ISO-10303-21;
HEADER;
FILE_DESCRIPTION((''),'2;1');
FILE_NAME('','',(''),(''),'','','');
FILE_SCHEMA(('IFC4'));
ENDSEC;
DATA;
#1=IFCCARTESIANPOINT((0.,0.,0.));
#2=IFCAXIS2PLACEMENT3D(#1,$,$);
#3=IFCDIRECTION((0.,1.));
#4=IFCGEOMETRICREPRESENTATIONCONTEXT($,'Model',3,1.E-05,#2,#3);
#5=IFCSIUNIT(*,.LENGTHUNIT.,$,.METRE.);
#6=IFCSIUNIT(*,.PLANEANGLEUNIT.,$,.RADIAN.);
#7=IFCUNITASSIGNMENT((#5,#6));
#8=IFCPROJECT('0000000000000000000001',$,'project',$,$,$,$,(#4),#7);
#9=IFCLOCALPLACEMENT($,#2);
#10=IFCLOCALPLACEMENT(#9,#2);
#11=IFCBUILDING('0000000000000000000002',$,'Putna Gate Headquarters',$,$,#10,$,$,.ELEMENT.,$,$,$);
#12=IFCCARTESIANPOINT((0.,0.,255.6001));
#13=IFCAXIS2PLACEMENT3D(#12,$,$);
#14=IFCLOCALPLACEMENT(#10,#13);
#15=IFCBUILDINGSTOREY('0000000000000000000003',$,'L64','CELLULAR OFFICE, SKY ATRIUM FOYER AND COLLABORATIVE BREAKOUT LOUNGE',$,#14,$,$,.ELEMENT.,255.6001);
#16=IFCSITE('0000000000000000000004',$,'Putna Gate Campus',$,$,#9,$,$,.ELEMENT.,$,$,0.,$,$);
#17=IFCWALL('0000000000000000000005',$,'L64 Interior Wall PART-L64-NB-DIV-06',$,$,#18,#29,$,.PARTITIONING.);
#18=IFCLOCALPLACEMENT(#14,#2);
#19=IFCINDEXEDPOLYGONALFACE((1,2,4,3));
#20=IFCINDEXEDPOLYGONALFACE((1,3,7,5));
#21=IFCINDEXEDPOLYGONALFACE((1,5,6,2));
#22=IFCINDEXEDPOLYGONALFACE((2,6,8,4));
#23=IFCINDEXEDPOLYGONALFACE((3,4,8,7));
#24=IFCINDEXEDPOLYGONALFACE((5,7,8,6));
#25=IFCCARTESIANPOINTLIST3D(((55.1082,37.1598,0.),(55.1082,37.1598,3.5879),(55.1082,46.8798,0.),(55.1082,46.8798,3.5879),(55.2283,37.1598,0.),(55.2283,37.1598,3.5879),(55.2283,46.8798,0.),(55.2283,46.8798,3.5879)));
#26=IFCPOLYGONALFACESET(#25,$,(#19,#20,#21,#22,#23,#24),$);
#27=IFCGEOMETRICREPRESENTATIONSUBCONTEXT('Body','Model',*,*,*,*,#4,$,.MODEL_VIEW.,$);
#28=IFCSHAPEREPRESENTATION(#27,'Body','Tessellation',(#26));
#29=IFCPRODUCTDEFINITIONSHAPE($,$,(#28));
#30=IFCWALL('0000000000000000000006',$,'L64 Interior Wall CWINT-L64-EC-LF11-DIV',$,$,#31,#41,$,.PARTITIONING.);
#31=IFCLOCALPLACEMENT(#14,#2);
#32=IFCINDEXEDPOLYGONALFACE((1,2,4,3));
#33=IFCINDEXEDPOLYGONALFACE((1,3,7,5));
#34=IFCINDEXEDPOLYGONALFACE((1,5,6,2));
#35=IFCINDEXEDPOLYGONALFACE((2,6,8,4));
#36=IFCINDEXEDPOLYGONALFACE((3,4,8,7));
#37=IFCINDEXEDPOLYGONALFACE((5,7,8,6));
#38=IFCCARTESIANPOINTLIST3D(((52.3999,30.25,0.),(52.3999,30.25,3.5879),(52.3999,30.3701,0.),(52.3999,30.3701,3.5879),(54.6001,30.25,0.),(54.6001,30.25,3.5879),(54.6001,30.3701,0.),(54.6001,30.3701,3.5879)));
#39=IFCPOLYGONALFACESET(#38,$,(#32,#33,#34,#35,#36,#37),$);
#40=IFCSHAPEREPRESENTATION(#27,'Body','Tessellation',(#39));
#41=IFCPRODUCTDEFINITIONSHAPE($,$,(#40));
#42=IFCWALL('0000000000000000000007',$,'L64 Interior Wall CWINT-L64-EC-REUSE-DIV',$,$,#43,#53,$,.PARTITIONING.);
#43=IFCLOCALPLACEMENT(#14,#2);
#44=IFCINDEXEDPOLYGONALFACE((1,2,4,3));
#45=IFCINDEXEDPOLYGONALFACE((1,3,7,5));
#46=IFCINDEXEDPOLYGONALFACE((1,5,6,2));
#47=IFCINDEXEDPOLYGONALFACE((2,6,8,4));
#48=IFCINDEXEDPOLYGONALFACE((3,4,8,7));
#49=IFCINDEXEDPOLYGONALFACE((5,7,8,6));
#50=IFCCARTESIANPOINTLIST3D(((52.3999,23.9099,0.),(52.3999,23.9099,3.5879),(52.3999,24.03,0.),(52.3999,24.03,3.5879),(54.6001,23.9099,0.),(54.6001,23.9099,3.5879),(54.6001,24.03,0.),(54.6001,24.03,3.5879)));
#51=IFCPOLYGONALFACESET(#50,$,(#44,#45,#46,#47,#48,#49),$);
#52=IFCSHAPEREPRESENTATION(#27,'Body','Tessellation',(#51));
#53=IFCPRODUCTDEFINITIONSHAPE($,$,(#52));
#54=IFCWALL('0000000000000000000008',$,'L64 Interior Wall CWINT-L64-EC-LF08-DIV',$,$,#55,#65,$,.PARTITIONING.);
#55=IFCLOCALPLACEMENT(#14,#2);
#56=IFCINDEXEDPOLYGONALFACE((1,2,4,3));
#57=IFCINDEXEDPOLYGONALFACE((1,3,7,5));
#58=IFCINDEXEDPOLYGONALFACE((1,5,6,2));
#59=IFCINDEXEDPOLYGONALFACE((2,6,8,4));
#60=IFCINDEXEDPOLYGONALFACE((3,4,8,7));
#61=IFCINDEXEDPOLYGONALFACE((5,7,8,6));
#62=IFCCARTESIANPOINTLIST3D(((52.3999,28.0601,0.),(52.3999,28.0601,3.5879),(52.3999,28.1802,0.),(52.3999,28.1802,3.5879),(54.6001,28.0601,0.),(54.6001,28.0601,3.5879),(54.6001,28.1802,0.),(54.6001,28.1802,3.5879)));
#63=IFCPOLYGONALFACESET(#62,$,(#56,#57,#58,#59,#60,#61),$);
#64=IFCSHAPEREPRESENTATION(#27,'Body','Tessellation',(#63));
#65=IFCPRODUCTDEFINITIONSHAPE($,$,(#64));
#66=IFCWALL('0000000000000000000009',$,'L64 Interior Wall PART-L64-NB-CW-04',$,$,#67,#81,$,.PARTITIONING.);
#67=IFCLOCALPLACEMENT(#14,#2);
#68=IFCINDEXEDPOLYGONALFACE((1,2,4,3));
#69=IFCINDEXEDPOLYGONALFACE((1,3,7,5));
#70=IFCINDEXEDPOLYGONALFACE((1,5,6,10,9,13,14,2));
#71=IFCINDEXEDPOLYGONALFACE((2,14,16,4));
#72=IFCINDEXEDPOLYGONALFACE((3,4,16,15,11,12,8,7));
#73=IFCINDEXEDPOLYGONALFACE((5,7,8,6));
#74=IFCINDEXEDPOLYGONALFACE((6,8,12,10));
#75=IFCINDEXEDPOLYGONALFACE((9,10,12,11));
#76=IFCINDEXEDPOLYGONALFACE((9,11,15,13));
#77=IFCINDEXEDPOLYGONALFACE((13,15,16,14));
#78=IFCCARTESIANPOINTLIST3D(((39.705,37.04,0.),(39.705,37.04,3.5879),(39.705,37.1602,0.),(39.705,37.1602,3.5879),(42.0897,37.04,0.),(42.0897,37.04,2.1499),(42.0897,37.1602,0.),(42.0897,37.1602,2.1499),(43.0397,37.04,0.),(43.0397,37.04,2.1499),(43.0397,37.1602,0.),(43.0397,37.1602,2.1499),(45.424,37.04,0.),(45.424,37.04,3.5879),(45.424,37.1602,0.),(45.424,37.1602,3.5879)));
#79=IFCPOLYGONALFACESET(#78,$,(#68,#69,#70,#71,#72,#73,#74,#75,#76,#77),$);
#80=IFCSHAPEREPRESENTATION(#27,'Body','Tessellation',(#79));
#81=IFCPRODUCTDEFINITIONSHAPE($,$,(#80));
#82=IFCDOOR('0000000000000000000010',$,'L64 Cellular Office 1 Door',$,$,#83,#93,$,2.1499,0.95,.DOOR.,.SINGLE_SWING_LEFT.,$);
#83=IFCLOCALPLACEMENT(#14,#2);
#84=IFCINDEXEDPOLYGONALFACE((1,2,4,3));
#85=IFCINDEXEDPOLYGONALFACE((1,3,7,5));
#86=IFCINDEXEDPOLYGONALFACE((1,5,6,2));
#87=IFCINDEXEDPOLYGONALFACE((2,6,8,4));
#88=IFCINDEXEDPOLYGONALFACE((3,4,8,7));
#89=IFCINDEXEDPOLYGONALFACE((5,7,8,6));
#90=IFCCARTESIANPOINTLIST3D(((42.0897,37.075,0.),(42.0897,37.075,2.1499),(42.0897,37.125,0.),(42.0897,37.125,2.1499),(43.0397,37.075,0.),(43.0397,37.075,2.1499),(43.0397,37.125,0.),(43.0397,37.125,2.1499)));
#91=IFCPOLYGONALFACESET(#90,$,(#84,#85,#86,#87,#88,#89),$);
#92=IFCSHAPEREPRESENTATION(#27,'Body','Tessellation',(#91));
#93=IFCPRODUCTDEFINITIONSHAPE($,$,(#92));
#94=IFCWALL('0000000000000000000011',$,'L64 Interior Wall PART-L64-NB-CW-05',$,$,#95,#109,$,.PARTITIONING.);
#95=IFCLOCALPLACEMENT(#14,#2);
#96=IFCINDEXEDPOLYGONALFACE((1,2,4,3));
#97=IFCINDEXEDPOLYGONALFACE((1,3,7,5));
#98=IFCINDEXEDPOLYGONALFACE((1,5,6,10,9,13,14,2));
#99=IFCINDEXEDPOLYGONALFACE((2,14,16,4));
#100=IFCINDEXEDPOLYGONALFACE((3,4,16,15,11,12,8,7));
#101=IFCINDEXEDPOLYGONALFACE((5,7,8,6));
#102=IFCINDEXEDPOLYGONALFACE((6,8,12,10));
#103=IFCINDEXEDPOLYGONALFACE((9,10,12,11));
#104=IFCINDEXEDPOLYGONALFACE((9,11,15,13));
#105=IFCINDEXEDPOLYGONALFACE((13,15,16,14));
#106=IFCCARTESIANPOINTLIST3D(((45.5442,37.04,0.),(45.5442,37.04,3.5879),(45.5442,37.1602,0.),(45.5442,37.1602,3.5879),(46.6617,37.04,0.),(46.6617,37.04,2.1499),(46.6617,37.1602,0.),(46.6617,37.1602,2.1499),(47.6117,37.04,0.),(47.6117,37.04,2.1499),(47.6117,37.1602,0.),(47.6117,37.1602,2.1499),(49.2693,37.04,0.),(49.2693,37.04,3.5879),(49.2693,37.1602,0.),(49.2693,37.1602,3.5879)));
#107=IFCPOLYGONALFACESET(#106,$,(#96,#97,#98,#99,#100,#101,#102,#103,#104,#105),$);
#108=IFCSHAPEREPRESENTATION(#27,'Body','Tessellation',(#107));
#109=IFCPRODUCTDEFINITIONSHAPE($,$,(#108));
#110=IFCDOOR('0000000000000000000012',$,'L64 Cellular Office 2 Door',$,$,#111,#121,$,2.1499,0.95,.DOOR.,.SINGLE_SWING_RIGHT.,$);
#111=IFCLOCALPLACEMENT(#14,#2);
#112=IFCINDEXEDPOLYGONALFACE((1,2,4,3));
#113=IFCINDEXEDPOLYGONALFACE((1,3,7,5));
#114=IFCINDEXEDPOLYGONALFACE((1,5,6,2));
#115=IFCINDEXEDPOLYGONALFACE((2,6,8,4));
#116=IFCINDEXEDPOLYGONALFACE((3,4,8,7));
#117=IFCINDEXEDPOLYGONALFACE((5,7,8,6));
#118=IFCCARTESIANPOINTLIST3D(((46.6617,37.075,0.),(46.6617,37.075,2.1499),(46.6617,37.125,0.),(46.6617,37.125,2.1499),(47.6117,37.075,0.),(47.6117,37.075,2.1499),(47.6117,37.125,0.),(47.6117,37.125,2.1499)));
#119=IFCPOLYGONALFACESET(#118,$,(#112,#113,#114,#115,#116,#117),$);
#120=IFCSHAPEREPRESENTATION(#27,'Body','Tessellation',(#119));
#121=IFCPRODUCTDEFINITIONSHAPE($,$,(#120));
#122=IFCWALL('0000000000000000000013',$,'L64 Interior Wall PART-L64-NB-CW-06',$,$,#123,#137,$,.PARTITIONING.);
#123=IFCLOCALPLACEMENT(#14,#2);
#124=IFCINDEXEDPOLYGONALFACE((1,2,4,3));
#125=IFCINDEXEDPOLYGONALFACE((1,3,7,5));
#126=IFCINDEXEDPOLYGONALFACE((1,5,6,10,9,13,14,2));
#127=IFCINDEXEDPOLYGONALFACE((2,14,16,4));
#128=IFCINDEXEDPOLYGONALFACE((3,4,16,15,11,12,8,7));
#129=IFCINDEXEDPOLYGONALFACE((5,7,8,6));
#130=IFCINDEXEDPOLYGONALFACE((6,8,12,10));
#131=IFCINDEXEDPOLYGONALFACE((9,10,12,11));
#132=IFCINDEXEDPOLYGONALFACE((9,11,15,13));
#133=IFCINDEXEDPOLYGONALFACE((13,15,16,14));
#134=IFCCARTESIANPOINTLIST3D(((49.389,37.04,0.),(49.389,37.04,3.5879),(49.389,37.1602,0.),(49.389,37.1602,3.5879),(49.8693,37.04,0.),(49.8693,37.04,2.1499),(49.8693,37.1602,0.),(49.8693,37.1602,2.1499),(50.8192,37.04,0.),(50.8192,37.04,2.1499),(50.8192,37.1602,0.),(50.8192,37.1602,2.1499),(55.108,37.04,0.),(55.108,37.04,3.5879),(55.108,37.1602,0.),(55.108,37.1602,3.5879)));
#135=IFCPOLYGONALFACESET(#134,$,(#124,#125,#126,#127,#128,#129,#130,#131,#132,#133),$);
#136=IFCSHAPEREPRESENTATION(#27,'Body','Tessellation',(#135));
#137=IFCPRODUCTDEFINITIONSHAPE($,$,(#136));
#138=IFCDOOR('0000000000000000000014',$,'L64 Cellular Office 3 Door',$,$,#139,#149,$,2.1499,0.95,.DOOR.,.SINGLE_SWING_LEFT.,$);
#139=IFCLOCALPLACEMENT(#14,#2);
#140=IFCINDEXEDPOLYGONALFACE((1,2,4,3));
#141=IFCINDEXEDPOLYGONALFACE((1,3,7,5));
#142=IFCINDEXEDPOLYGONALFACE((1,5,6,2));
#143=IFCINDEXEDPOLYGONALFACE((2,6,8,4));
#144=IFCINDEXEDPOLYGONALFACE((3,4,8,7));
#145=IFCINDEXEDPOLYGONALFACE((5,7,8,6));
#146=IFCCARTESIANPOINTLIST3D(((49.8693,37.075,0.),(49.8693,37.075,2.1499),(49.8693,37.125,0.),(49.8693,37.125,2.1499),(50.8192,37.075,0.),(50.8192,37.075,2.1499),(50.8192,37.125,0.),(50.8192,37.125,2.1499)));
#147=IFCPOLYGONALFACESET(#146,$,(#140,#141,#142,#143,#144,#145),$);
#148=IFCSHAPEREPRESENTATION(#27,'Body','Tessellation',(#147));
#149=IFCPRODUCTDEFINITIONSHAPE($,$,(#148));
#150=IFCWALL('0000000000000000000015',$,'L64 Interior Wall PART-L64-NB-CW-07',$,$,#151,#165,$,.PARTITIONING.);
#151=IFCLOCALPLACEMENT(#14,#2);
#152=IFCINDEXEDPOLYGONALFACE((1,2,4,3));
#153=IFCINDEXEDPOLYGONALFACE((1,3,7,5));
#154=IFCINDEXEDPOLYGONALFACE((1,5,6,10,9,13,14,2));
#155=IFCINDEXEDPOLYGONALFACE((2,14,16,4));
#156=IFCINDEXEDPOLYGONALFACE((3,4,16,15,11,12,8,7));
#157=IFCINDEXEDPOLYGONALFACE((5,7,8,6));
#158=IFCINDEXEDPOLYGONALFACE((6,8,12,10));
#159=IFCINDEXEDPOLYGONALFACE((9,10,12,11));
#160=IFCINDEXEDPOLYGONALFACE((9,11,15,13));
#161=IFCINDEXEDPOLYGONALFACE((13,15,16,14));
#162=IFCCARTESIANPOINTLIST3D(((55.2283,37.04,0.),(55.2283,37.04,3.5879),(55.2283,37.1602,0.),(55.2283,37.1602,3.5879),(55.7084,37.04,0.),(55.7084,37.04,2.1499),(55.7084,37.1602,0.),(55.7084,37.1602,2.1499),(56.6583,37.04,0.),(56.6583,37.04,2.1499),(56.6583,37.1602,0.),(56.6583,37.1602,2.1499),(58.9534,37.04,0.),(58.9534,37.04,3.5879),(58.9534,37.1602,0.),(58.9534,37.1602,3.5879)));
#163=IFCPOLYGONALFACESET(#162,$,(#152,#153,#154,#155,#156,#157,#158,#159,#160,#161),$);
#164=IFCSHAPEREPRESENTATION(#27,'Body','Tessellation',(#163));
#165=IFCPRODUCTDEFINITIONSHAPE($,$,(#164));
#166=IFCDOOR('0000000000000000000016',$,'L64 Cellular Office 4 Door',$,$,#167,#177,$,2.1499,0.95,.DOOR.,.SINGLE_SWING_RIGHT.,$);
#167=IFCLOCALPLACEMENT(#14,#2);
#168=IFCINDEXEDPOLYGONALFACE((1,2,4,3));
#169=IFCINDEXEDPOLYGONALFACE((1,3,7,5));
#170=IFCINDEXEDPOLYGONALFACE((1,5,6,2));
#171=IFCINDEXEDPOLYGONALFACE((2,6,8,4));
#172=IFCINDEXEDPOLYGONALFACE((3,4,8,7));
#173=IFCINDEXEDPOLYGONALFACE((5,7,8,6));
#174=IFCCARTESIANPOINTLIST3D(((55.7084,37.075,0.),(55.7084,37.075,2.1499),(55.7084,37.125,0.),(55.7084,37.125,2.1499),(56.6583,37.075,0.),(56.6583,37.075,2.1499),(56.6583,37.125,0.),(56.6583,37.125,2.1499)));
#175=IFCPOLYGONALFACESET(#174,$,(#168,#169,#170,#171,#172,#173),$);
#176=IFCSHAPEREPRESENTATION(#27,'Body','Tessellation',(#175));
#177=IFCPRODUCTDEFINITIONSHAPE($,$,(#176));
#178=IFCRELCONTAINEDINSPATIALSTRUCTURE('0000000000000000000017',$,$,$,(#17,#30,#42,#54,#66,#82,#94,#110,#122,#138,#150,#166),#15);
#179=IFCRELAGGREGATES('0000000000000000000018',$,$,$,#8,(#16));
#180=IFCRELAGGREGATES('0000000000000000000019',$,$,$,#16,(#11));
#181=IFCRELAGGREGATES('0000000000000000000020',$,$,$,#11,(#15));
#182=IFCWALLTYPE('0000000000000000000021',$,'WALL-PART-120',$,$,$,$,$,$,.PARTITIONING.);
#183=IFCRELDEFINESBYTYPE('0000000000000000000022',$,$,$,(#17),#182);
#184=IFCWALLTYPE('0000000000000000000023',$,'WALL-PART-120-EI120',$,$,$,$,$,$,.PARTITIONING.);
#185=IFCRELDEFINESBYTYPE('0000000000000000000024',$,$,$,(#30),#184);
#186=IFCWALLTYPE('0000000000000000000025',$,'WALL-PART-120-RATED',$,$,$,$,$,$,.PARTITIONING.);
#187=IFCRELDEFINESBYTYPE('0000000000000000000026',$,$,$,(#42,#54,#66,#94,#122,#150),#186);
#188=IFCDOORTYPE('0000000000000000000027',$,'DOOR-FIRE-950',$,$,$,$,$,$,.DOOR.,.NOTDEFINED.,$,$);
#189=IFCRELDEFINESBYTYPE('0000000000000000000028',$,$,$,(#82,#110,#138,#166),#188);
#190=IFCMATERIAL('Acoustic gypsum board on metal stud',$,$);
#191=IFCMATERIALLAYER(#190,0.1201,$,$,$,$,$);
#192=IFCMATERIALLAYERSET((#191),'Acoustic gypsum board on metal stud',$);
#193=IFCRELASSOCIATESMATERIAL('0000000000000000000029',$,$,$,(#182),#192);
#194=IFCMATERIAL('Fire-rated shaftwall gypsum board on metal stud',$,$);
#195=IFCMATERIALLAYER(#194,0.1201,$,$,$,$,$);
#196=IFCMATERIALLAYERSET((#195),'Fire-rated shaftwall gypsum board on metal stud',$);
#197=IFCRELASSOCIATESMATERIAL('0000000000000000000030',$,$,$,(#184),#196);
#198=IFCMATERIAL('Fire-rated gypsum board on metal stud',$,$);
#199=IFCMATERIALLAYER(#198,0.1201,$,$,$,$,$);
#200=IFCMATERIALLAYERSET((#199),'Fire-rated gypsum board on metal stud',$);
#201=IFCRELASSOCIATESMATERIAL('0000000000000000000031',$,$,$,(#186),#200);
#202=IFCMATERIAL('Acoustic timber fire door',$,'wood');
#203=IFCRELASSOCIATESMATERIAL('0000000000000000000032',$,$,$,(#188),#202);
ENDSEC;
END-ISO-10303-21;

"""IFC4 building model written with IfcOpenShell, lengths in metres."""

from ifc_helpers import new_model, si_unit, direction, frame, frame_2d, origin, place, context, subcontext, project, spatial, rectangle, extrude, material, layer, layer_set, type_object, element, fill, save


model = new_model("IFC4")

# Units and contexts
model_context = context("Model", 3, precision=1e-05, world=origin(), true_north=direction((0.0, 1.0)))
body_context = subcontext(model_context, "Body", "Model", "MODEL_VIEW")
ifc_project = project(units=[si_unit("LENGTHUNIT", "METRE"), si_unit("PLANEANGLEUNIT", "RADIAN")], contexts=[model_context])

# Site, building, storey
site_placement = place(None, origin())
site = spatial("IfcSite", under=ifc_project, at=site_placement, Name="Putna Gate Campus", CompositionType="ELEMENT", RefElevation=0.0)
building_placement = place(site_placement, origin())
building = spatial("IfcBuilding", under=site, at=building_placement, Name="Putna Gate Headquarters", CompositionType="ELEMENT")
storey_placement = place(building_placement, frame((0.0, 0.0, 255.6001)))
storey = spatial("IfcBuildingStorey", under=building, at=storey_placement, Name="L64", Description="CELLULAR OFFICE, SKY ATRIUM FOYER AND COLLABORATIVE BREAKOUT LOUNGE", CompositionType="ELEMENT", Elevation=255.6001)

# Shared definitions
ifc_material_1 = material(Name="Acoustic gypsum board on metal stud")
ifc_layer_1 = layer(ifc_material_1, 0.1201)
ifc_layer_set_1 = layer_set([ifc_layer_1], Name="Acoustic gypsum board on metal stud")
wall_type_1 = type_object("IfcWallType", Name="WALL-PART-120", PredefinedType="PARTITIONING", material=ifc_layer_set_1)

# Walls
for number, where, z_axis, x_axis, name in (
    (1, (55.1682, 37.1599, 0.0), (0.0, 0.0, 1.0), (0.0, 1.0, 0.0), "L64 Interior Wall PART-L64-NB-DIV-06"),
):
    element("IfcWall", number, at=place(storey_placement, frame(where, z_axis=z_axis, x_axis=x_axis)), inside=storey, type_object=wall_type_1, Name=name, PredefinedType="PARTITIONING", context=body_context, shape_type="SweptSolid", body=[
        extrude(rectangle(XDim=9.72, YDim=0.1201, at=frame_2d((4.8599, 0.0))), origin(), (0.0, 0.0, 1.0), 3.5879),
    ])
ifc_material_2 = material(Name="Fire-rated shaftwall gypsum board on metal stud")
ifc_layer_2 = layer(ifc_material_2, 0.1201)
ifc_layer_set_2 = layer_set([ifc_layer_2], Name="Fire-rated shaftwall gypsum board on metal stud")
wall_type_2 = type_object("IfcWallType", Name="WALL-PART-120-EI120", PredefinedType="PARTITIONING", material=ifc_layer_set_2)
wall_1_placement = place(storey_placement, frame((52.3999, 30.3101, 0.0), z_axis=(0.0, 0.0, 1.0), x_axis=(1.0, 0.0, 0.0)))
element("IfcWall", 2, at=wall_1_placement, inside=storey, type_object=wall_type_2, Name="L64 Interior Wall CWINT-L64-EC-LF11-DIV", PredefinedType="PARTITIONING", context=body_context, shape_type="SweptSolid", body=[
    extrude(rectangle(XDim=2.2002, YDim=0.1201, at=frame_2d((1.1001, 0.0))), origin(), (0.0, 0.0, 1.0), 3.5879),
])
ifc_material_3 = material(Name="Fire-rated gypsum board on metal stud")
ifc_layer_3 = layer(ifc_material_3, 0.1201)
ifc_layer_set_3 = layer_set([ifc_layer_3], Name="Fire-rated gypsum board on metal stud")
wall_type_3 = type_object("IfcWallType", Name="WALL-PART-120-RATED", PredefinedType="PARTITIONING", material=ifc_layer_set_3)
for number, where, z_axis, x_axis, name in (
    (3, (52.3999, 23.97, 0.0), (0.0, 0.0, 1.0), (1.0, 0.0, 0.0), "L64 Interior Wall CWINT-L64-EC-REUSE-DIV"),
    (4, (52.3999, 28.1201, 0.0), (0.0, 0.0, 1.0), (1.0, 0.0, 0.0), "L64 Interior Wall CWINT-L64-EC-LF08-DIV"),
):
    element("IfcWall", number, at=place(storey_placement, frame(where, z_axis=z_axis, x_axis=x_axis)), inside=storey, type_object=wall_type_3, Name=name, PredefinedType="PARTITIONING", context=body_context, shape_type="SweptSolid", body=[
        extrude(rectangle(XDim=2.2002, YDim=0.1201, at=frame_2d((1.1001, 0.0))), origin(), (0.0, 0.0, 1.0), 3.5879),
    ])

# Walls, openings, doors
wall_2_placement = place(storey_placement, frame((39.7051, 37.1001, 0.0), z_axis=(0.0, 0.0, 1.0), x_axis=(1.0, 0.0, 0.0)))
wall_2 = element("IfcWall", 5, at=wall_2_placement, inside=storey, type_object=wall_type_3, Name="L64 Interior Wall PART-L64-NB-CW-04", PredefinedType="PARTITIONING", context=body_context, shape_type="SweptSolid", body=[
    extrude(rectangle(XDim=5.719, YDim=0.1201, at=frame_2d((2.8594, 0.0))), origin(), (0.0, 0.0, 1.0), 3.5879),
])
opening_1_placement = place(wall_2_placement, frame((2.3845, 0.0, 0.0)))
opening_1 = element("IfcOpeningElement", 6, at=opening_1_placement, cuts=wall_2, PredefinedType="OPENING", context=body_context, shape_type="SweptSolid", body=[
    extrude(rectangle(XDim=0.95, YDim=2.1499, at=frame_2d((0.4751, 1.075))), frame((0.0, 0.0701, 0.0), z_axis=(0.0, -1.0, 0.0), x_axis=(1.0, 0.0, 0.0)), (0.0, 0.0, 1.0), 0.1401),
])
ifc_material_4 = material(Name="Acoustic timber fire door", Category="wood")
door_type_1 = type_object("IfcDoorType", Name="DOOR-FIRE-950", OperationType="NOTDEFINED", PredefinedType="DOOR", material=ifc_material_4)
door_1_placement = place(opening_1_placement, origin())
door_1 = element("IfcDoor", 7, at=door_1_placement, inside=storey, type_object=door_type_1, Name="L64 Cellular Office 1 Door", OperationType="SINGLE_SWING_LEFT", OverallHeight=2.1499, OverallWidth=0.95, PredefinedType="DOOR", context=body_context, shape_type="SweptSolid", body=[
    extrude(rectangle(XDim=0.95, YDim=2.1499, at=frame_2d((0.4751, 1.075))), frame((0.0, 0.0249, 0.0), z_axis=(0.0, -1.0, 0.0), x_axis=(1.0, 0.0, 0.0)), (0.0, 0.0, 1.0), 0.05),
])
fill(opening_1, door_1)
wall_3_placement = place(storey_placement, frame((45.5442, 37.1001, 0.0), z_axis=(0.0, 0.0, 1.0), x_axis=(1.0, 0.0, 0.0)))
wall_3 = element("IfcWall", 8, at=wall_3_placement, inside=storey, type_object=wall_type_3, Name="L64 Interior Wall PART-L64-NB-CW-05", PredefinedType="PARTITIONING", context=body_context, shape_type="SweptSolid", body=[
    extrude(rectangle(XDim=3.7251, YDim=0.1201, at=frame_2d((1.8625, 0.0))), origin(), (0.0, 0.0, 1.0), 3.5879),
])
opening_2_placement = place(wall_3_placement, frame((1.1174, 0.0, 0.0)))
opening_2 = element("IfcOpeningElement", 9, at=opening_2_placement, cuts=wall_3, PredefinedType="OPENING", context=body_context, shape_type="SweptSolid", body=[
    extrude(rectangle(XDim=0.95, YDim=2.1499, at=frame_2d((0.4751, 1.075))), frame((0.0, 0.0701, 0.0), z_axis=(0.0, -1.0, 0.0), x_axis=(1.0, 0.0, 0.0)), (0.0, 0.0, 1.0), 0.1401),
])
door_2_placement = place(opening_2_placement, origin())
door_2 = element("IfcDoor", 10, at=door_2_placement, inside=storey, type_object=door_type_1, Name="L64 Cellular Office 2 Door", OperationType="SINGLE_SWING_RIGHT", OverallHeight=2.1499, OverallWidth=0.95, PredefinedType="DOOR", context=body_context, shape_type="SweptSolid", body=[
    extrude(rectangle(XDim=0.95, YDim=2.1499, at=frame_2d((0.4751, 1.075))), frame((0.0, 0.0249, 0.0), z_axis=(0.0, -1.0, 0.0), x_axis=(1.0, 0.0, 0.0)), (0.0, 0.0, 1.0), 0.05),
])
fill(opening_2, door_2)
wall_4_placement = place(storey_placement, frame((49.3892, 37.1001, 0.0), z_axis=(0.0, 0.0, 1.0), x_axis=(1.0, 0.0, 0.0)))
wall_4 = element("IfcWall", 11, at=wall_4_placement, inside=storey, type_object=wall_type_3, Name="L64 Interior Wall PART-L64-NB-CW-06", PredefinedType="PARTITIONING", context=body_context, shape_type="SweptSolid", body=[
    extrude(rectangle(XDim=5.719, YDim=0.1201, at=frame_2d((2.8594, 0.0))), origin(), (0.0, 0.0, 1.0), 3.5879),
])
opening_3_placement = place(wall_4_placement, frame((0.48, 0.0, 0.0)))
opening_3 = element("IfcOpeningElement", 12, at=opening_3_placement, cuts=wall_4, PredefinedType="OPENING", context=body_context, shape_type="SweptSolid", body=[
    extrude(rectangle(XDim=0.95, YDim=2.1499, at=frame_2d((0.4751, 1.075))), frame((0.0, 0.0701, 0.0), z_axis=(0.0, -1.0, 0.0), x_axis=(1.0, 0.0, 0.0)), (0.0, 0.0, 1.0), 0.1401),
])
door_3_placement = place(opening_3_placement, origin())
door_3 = element("IfcDoor", 13, at=door_3_placement, inside=storey, type_object=door_type_1, Name="L64 Cellular Office 3 Door", OperationType="SINGLE_SWING_LEFT", OverallHeight=2.1499, OverallWidth=0.95, PredefinedType="DOOR", context=body_context, shape_type="SweptSolid", body=[
    extrude(rectangle(XDim=0.95, YDim=2.1499, at=frame_2d((0.4751, 1.075))), frame((0.0, 0.0249, 0.0), z_axis=(0.0, -1.0, 0.0), x_axis=(1.0, 0.0, 0.0)), (0.0, 0.0, 1.0), 0.05),
])
fill(opening_3, door_3)
wall_5_placement = place(storey_placement, frame((55.2283, 37.1001, 0.0), z_axis=(0.0, 0.0, 1.0), x_axis=(1.0, 0.0, 0.0)))
wall_5 = element("IfcWall", 14, at=wall_5_placement, inside=storey, type_object=wall_type_3, Name="L64 Interior Wall PART-L64-NB-CW-07", PredefinedType="PARTITIONING", context=body_context, shape_type="SweptSolid", body=[
    extrude(rectangle(XDim=3.7251, YDim=0.1201, at=frame_2d((1.8625, 0.0))), origin(), (0.0, 0.0, 1.0), 3.5879),
])
opening_4_placement = place(wall_5_placement, frame((0.48, 0.0, 0.0)))
opening_4 = element("IfcOpeningElement", 15, at=opening_4_placement, cuts=wall_5, PredefinedType="OPENING", context=body_context, shape_type="SweptSolid", body=[
    extrude(rectangle(XDim=0.95, YDim=2.1499, at=frame_2d((0.4751, 1.075))), frame((0.0, 0.0701, 0.0), z_axis=(0.0, -1.0, 0.0), x_axis=(1.0, 0.0, 0.0)), (0.0, 0.0, 1.0), 0.1401),
])
door_4_placement = place(opening_4_placement, origin())
door_4 = element("IfcDoor", 16, at=door_4_placement, inside=storey, type_object=door_type_1, Name="L64 Cellular Office 4 Door", OperationType="SINGLE_SWING_RIGHT", OverallHeight=2.1499, OverallWidth=0.95, PredefinedType="DOOR", context=body_context, shape_type="SweptSolid", body=[
    extrude(rectangle(XDim=0.95, YDim=2.1499, at=frame_2d((0.4751, 1.075))), frame((0.0, 0.0249, 0.0), z_axis=(0.0, -1.0, 0.0), x_axis=(1.0, 0.0, 0.0)), (0.0, 0.0, 1.0), 0.05),
])
fill(opening_4, door_4)

save(model, "model.ifc")
